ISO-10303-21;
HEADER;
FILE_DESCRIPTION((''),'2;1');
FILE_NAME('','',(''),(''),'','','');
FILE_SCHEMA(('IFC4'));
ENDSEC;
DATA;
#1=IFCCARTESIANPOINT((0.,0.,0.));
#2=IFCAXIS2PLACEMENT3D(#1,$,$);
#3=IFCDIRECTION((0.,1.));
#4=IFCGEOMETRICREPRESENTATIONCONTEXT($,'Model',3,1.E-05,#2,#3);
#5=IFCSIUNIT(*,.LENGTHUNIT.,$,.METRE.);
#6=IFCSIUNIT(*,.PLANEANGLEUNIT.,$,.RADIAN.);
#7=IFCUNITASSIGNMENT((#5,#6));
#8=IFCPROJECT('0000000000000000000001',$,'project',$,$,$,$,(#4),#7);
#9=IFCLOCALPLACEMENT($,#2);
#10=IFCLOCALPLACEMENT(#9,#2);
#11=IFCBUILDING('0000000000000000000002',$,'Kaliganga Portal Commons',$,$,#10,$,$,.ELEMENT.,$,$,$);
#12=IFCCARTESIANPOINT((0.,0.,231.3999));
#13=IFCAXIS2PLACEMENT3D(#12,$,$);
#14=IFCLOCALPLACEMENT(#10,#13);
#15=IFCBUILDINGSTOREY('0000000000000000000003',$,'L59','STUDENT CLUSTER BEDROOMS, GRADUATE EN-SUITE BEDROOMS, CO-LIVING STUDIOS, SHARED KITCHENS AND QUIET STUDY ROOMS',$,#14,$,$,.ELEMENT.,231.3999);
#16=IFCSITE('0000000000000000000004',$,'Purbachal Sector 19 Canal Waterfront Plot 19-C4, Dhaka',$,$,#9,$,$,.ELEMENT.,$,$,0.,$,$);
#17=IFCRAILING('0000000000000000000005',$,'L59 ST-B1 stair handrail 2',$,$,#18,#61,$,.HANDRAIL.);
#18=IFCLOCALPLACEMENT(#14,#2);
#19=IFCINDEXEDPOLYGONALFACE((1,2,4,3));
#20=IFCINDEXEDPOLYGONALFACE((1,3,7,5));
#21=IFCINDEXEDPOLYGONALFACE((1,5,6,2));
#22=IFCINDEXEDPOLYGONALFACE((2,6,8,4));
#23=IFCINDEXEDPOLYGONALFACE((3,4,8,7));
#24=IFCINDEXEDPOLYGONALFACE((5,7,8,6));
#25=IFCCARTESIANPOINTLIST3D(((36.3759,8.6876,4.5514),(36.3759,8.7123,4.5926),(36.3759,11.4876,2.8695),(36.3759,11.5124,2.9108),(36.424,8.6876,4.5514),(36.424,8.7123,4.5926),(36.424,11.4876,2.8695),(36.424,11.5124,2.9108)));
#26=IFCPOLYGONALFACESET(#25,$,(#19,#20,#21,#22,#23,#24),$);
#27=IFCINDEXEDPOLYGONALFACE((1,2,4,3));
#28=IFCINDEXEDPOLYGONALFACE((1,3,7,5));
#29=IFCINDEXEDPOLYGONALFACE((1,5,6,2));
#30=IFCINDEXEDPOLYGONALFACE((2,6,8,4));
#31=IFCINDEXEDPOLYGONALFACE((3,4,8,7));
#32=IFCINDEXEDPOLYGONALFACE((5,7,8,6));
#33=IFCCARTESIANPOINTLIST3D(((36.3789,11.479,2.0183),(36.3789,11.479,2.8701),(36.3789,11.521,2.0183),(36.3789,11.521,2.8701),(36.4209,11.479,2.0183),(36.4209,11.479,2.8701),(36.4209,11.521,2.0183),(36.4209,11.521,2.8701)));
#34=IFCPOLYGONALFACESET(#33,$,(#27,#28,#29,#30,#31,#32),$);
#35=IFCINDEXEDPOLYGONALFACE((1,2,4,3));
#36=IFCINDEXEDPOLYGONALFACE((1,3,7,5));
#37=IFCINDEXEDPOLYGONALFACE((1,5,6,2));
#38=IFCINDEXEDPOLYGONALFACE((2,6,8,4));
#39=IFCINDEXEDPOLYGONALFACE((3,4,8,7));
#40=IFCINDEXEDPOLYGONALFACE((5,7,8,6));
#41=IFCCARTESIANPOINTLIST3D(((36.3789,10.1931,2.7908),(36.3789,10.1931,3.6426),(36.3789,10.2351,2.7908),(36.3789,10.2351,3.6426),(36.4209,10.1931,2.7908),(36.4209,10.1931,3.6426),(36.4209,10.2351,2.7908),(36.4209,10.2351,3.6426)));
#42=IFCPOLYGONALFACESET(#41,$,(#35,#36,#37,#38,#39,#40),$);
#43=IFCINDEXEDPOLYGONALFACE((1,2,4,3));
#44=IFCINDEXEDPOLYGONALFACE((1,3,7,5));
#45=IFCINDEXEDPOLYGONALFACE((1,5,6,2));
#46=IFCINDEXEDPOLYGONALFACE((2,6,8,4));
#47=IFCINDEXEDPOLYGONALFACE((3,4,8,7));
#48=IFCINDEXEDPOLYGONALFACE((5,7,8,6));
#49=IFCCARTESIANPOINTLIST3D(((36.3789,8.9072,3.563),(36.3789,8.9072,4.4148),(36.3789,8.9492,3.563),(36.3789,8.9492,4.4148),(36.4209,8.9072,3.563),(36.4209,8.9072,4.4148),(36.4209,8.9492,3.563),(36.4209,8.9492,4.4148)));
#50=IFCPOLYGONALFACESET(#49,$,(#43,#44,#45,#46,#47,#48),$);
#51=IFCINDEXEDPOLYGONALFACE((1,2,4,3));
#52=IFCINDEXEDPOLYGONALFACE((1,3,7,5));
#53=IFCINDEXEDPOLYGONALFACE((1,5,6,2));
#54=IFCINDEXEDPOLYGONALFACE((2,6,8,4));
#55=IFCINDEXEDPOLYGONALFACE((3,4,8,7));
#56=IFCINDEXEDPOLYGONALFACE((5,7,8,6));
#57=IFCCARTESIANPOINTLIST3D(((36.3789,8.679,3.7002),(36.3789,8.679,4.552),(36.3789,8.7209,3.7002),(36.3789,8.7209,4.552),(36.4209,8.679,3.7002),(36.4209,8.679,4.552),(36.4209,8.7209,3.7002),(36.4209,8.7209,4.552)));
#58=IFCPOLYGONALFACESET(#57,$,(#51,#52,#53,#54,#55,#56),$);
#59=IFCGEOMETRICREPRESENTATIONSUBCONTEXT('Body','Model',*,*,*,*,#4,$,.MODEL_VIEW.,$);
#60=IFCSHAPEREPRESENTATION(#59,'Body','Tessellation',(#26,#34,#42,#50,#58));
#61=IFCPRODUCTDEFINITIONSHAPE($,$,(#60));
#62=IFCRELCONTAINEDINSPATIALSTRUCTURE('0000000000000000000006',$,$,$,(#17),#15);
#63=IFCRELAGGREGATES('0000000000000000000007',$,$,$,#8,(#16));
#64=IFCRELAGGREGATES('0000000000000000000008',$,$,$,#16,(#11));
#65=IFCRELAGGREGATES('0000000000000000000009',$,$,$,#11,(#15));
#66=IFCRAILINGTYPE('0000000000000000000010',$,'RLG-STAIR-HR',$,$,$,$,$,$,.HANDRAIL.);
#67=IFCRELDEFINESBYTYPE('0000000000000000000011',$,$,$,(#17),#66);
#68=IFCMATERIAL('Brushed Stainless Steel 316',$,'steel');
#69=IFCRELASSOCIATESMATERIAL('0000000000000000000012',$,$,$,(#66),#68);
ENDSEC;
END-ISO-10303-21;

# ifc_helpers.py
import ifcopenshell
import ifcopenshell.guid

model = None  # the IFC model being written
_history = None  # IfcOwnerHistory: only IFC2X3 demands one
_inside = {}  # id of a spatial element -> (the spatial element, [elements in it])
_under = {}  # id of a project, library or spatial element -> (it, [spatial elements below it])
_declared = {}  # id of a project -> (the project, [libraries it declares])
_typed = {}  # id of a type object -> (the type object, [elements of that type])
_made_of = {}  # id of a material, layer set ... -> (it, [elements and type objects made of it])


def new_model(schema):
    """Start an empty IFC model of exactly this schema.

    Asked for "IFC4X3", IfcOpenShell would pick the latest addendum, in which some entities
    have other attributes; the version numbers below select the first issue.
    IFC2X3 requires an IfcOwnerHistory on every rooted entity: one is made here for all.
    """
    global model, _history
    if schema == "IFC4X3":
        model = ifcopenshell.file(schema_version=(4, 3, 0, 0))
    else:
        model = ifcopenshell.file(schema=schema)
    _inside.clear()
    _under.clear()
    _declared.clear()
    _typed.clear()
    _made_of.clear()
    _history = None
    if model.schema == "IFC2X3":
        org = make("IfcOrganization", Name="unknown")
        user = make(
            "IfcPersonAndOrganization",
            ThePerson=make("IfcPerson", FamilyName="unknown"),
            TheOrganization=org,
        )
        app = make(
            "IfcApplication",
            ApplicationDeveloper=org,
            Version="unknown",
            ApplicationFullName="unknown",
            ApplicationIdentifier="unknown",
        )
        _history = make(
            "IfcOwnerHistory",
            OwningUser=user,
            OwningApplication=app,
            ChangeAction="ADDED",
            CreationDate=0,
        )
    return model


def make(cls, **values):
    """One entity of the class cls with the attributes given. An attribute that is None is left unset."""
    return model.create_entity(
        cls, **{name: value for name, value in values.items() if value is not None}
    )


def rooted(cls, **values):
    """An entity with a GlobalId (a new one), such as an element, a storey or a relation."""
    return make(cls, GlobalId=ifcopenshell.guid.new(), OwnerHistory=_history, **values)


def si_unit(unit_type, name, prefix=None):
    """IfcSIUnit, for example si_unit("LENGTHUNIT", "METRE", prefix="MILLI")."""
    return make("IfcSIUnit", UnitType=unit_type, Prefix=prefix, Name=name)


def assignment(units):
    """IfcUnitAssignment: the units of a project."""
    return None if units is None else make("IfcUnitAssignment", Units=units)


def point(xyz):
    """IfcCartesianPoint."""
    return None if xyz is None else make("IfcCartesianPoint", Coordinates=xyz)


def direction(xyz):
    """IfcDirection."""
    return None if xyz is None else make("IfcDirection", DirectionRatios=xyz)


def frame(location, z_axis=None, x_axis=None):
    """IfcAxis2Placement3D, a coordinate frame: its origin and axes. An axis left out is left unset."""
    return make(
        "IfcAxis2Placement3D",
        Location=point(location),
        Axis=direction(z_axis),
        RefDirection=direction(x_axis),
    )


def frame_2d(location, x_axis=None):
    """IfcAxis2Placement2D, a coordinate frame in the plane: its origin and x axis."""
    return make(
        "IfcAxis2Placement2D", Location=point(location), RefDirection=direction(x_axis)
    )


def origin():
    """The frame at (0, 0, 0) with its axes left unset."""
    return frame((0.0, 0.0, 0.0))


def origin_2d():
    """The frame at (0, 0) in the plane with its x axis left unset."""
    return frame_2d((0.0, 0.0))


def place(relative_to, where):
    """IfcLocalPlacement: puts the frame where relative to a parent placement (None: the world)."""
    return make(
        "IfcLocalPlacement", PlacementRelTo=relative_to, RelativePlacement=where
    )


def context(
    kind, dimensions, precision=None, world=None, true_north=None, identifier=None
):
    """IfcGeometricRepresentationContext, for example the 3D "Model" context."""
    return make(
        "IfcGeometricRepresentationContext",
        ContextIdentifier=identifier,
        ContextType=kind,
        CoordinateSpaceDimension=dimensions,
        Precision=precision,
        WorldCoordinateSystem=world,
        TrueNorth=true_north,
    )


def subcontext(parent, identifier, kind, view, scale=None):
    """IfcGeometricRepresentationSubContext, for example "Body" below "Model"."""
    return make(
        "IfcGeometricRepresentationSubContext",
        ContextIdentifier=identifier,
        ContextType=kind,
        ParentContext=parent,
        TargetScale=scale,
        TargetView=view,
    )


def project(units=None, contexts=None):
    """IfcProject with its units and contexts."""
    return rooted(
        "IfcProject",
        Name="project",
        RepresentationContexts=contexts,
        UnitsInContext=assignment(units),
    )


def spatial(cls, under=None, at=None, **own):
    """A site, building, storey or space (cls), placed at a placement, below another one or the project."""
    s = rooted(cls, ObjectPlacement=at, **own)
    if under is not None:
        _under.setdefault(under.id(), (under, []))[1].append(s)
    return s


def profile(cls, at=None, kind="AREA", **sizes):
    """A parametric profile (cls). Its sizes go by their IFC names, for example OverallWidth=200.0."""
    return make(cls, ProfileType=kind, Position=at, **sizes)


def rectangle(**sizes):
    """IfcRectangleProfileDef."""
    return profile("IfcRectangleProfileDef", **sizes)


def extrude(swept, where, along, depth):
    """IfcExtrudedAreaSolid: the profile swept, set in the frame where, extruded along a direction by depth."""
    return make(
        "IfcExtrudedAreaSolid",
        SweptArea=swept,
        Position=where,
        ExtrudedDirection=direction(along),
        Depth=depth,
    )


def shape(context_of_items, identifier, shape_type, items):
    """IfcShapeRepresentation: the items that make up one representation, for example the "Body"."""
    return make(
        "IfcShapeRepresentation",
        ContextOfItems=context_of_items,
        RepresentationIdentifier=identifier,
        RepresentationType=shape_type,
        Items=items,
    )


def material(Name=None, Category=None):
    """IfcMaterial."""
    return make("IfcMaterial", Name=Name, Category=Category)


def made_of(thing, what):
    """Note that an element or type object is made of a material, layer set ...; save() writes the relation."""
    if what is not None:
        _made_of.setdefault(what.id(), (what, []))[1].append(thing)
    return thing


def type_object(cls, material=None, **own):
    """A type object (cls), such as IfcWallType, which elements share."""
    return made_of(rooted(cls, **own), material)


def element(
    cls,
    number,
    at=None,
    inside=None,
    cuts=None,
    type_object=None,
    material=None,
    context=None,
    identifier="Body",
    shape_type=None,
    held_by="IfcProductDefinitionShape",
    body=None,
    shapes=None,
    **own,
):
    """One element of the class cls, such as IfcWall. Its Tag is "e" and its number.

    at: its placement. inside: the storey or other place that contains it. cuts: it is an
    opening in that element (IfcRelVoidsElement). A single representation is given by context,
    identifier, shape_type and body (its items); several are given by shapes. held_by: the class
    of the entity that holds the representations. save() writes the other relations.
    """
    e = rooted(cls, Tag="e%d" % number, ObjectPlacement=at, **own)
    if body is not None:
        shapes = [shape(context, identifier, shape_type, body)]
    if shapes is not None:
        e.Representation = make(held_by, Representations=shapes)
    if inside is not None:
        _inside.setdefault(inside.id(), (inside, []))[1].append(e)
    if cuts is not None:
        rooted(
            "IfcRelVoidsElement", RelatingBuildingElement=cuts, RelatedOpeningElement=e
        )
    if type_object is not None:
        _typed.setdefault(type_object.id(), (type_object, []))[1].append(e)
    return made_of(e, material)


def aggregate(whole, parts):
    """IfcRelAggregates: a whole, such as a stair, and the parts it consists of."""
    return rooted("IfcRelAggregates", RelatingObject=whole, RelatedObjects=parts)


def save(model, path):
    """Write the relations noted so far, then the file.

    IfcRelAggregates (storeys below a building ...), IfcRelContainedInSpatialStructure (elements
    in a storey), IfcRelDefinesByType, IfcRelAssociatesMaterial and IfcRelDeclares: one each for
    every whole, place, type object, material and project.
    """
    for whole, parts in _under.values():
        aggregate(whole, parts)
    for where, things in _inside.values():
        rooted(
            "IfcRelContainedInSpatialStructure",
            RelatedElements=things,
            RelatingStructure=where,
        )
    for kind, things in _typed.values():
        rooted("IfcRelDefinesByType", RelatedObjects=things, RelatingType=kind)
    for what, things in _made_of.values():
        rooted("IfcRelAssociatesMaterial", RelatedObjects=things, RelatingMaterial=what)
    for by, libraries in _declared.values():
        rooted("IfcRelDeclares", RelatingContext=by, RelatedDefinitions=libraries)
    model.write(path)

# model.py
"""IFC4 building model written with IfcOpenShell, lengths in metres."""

from ifc_helpers import new_model, si_unit, direction, frame, origin, origin_2d, place, context, subcontext, project, spatial, rectangle, extrude, material, type_object, element, save


model = new_model("IFC4")

# Units and contexts
model_context = context("Model", 3, precision=1e-05, world=origin(), true_north=direction((0.0, 1.0)))
body_context = subcontext(model_context, "Body", "Model", "MODEL_VIEW")
ifc_project = project(units=[si_unit("LENGTHUNIT", "METRE"), si_unit("PLANEANGLEUNIT", "RADIAN")], contexts=[model_context])

# Site, building, storey
site_placement = place(None, origin())
site = spatial("IfcSite", under=ifc_project, at=site_placement, Name="Purbachal Sector 19 Canal Waterfront Plot 19-C4, Dhaka", CompositionType="ELEMENT", RefElevation=0.0)
building_placement = place(site_placement, origin())
building = spatial("IfcBuilding", under=site, at=building_placement, Name="Kaliganga Portal Commons", CompositionType="ELEMENT")
storey_placement = place(building_placement, frame((0.0, 0.0, 231.3999)))
storey = spatial("IfcBuildingStorey", under=building, at=storey_placement, Name="L59", Description="STUDENT CLUSTER BEDROOMS, GRADUATE EN-SUITE BEDROOMS, CO-LIVING STUDIOS, SHARED KITCHENS AND QUIET STUDY ROOMS", CompositionType="ELEMENT", Elevation=231.3999)

# Railing
ifc_material_1 = material(Name="Brushed Stainless Steel 316", Category="steel")
railing_type_1 = type_object("IfcRailingType", Name="RLG-STAIR-HR", PredefinedType="HANDRAIL", material=ifc_material_1)
railing_1_placement = place(storey_placement, frame((36.3999, 11.5, 2.0183)))
element("IfcRailing", 1, at=railing_1_placement, inside=storey, type_object=railing_type_1, Name="L59 ST-B1 stair handrail 2", PredefinedType="HANDRAIL", context=body_context, shape_type="SweptSolid", body=[
    extrude(rectangle(XDim=0.0481, YDim=0.0481, at=origin_2d()), frame((0.0, 0.0, 0.8718), z_axis=(0.0, -0.857242, 0.514913), x_axis=(1.0, 0.0, 0.0)), (0.0, 0.0, 1.0), 3.2664),
    extrude(rectangle(XDim=0.042, YDim=0.042, at=origin_2d()), origin(), (0.0, 0.0, 1.0), 0.8518),
    extrude(rectangle(XDim=0.042, YDim=0.042, at=origin_2d()), frame((0.0, -1.2859, 0.7725)), (0.0, 0.0, 1.0), 0.8518),
    extrude(rectangle(XDim=0.042, YDim=0.042, at=origin_2d()), frame((0.0, -2.5718, 1.5447)), (0.0, 0.0, 1.0), 0.8518),
    extrude(rectangle(XDim=0.042, YDim=0.042, at=origin_2d()), frame((0.0, -2.8, 1.6819)), (0.0, 0.0, 1.0), 0.8518),
])

save(model, "model.ifc")
